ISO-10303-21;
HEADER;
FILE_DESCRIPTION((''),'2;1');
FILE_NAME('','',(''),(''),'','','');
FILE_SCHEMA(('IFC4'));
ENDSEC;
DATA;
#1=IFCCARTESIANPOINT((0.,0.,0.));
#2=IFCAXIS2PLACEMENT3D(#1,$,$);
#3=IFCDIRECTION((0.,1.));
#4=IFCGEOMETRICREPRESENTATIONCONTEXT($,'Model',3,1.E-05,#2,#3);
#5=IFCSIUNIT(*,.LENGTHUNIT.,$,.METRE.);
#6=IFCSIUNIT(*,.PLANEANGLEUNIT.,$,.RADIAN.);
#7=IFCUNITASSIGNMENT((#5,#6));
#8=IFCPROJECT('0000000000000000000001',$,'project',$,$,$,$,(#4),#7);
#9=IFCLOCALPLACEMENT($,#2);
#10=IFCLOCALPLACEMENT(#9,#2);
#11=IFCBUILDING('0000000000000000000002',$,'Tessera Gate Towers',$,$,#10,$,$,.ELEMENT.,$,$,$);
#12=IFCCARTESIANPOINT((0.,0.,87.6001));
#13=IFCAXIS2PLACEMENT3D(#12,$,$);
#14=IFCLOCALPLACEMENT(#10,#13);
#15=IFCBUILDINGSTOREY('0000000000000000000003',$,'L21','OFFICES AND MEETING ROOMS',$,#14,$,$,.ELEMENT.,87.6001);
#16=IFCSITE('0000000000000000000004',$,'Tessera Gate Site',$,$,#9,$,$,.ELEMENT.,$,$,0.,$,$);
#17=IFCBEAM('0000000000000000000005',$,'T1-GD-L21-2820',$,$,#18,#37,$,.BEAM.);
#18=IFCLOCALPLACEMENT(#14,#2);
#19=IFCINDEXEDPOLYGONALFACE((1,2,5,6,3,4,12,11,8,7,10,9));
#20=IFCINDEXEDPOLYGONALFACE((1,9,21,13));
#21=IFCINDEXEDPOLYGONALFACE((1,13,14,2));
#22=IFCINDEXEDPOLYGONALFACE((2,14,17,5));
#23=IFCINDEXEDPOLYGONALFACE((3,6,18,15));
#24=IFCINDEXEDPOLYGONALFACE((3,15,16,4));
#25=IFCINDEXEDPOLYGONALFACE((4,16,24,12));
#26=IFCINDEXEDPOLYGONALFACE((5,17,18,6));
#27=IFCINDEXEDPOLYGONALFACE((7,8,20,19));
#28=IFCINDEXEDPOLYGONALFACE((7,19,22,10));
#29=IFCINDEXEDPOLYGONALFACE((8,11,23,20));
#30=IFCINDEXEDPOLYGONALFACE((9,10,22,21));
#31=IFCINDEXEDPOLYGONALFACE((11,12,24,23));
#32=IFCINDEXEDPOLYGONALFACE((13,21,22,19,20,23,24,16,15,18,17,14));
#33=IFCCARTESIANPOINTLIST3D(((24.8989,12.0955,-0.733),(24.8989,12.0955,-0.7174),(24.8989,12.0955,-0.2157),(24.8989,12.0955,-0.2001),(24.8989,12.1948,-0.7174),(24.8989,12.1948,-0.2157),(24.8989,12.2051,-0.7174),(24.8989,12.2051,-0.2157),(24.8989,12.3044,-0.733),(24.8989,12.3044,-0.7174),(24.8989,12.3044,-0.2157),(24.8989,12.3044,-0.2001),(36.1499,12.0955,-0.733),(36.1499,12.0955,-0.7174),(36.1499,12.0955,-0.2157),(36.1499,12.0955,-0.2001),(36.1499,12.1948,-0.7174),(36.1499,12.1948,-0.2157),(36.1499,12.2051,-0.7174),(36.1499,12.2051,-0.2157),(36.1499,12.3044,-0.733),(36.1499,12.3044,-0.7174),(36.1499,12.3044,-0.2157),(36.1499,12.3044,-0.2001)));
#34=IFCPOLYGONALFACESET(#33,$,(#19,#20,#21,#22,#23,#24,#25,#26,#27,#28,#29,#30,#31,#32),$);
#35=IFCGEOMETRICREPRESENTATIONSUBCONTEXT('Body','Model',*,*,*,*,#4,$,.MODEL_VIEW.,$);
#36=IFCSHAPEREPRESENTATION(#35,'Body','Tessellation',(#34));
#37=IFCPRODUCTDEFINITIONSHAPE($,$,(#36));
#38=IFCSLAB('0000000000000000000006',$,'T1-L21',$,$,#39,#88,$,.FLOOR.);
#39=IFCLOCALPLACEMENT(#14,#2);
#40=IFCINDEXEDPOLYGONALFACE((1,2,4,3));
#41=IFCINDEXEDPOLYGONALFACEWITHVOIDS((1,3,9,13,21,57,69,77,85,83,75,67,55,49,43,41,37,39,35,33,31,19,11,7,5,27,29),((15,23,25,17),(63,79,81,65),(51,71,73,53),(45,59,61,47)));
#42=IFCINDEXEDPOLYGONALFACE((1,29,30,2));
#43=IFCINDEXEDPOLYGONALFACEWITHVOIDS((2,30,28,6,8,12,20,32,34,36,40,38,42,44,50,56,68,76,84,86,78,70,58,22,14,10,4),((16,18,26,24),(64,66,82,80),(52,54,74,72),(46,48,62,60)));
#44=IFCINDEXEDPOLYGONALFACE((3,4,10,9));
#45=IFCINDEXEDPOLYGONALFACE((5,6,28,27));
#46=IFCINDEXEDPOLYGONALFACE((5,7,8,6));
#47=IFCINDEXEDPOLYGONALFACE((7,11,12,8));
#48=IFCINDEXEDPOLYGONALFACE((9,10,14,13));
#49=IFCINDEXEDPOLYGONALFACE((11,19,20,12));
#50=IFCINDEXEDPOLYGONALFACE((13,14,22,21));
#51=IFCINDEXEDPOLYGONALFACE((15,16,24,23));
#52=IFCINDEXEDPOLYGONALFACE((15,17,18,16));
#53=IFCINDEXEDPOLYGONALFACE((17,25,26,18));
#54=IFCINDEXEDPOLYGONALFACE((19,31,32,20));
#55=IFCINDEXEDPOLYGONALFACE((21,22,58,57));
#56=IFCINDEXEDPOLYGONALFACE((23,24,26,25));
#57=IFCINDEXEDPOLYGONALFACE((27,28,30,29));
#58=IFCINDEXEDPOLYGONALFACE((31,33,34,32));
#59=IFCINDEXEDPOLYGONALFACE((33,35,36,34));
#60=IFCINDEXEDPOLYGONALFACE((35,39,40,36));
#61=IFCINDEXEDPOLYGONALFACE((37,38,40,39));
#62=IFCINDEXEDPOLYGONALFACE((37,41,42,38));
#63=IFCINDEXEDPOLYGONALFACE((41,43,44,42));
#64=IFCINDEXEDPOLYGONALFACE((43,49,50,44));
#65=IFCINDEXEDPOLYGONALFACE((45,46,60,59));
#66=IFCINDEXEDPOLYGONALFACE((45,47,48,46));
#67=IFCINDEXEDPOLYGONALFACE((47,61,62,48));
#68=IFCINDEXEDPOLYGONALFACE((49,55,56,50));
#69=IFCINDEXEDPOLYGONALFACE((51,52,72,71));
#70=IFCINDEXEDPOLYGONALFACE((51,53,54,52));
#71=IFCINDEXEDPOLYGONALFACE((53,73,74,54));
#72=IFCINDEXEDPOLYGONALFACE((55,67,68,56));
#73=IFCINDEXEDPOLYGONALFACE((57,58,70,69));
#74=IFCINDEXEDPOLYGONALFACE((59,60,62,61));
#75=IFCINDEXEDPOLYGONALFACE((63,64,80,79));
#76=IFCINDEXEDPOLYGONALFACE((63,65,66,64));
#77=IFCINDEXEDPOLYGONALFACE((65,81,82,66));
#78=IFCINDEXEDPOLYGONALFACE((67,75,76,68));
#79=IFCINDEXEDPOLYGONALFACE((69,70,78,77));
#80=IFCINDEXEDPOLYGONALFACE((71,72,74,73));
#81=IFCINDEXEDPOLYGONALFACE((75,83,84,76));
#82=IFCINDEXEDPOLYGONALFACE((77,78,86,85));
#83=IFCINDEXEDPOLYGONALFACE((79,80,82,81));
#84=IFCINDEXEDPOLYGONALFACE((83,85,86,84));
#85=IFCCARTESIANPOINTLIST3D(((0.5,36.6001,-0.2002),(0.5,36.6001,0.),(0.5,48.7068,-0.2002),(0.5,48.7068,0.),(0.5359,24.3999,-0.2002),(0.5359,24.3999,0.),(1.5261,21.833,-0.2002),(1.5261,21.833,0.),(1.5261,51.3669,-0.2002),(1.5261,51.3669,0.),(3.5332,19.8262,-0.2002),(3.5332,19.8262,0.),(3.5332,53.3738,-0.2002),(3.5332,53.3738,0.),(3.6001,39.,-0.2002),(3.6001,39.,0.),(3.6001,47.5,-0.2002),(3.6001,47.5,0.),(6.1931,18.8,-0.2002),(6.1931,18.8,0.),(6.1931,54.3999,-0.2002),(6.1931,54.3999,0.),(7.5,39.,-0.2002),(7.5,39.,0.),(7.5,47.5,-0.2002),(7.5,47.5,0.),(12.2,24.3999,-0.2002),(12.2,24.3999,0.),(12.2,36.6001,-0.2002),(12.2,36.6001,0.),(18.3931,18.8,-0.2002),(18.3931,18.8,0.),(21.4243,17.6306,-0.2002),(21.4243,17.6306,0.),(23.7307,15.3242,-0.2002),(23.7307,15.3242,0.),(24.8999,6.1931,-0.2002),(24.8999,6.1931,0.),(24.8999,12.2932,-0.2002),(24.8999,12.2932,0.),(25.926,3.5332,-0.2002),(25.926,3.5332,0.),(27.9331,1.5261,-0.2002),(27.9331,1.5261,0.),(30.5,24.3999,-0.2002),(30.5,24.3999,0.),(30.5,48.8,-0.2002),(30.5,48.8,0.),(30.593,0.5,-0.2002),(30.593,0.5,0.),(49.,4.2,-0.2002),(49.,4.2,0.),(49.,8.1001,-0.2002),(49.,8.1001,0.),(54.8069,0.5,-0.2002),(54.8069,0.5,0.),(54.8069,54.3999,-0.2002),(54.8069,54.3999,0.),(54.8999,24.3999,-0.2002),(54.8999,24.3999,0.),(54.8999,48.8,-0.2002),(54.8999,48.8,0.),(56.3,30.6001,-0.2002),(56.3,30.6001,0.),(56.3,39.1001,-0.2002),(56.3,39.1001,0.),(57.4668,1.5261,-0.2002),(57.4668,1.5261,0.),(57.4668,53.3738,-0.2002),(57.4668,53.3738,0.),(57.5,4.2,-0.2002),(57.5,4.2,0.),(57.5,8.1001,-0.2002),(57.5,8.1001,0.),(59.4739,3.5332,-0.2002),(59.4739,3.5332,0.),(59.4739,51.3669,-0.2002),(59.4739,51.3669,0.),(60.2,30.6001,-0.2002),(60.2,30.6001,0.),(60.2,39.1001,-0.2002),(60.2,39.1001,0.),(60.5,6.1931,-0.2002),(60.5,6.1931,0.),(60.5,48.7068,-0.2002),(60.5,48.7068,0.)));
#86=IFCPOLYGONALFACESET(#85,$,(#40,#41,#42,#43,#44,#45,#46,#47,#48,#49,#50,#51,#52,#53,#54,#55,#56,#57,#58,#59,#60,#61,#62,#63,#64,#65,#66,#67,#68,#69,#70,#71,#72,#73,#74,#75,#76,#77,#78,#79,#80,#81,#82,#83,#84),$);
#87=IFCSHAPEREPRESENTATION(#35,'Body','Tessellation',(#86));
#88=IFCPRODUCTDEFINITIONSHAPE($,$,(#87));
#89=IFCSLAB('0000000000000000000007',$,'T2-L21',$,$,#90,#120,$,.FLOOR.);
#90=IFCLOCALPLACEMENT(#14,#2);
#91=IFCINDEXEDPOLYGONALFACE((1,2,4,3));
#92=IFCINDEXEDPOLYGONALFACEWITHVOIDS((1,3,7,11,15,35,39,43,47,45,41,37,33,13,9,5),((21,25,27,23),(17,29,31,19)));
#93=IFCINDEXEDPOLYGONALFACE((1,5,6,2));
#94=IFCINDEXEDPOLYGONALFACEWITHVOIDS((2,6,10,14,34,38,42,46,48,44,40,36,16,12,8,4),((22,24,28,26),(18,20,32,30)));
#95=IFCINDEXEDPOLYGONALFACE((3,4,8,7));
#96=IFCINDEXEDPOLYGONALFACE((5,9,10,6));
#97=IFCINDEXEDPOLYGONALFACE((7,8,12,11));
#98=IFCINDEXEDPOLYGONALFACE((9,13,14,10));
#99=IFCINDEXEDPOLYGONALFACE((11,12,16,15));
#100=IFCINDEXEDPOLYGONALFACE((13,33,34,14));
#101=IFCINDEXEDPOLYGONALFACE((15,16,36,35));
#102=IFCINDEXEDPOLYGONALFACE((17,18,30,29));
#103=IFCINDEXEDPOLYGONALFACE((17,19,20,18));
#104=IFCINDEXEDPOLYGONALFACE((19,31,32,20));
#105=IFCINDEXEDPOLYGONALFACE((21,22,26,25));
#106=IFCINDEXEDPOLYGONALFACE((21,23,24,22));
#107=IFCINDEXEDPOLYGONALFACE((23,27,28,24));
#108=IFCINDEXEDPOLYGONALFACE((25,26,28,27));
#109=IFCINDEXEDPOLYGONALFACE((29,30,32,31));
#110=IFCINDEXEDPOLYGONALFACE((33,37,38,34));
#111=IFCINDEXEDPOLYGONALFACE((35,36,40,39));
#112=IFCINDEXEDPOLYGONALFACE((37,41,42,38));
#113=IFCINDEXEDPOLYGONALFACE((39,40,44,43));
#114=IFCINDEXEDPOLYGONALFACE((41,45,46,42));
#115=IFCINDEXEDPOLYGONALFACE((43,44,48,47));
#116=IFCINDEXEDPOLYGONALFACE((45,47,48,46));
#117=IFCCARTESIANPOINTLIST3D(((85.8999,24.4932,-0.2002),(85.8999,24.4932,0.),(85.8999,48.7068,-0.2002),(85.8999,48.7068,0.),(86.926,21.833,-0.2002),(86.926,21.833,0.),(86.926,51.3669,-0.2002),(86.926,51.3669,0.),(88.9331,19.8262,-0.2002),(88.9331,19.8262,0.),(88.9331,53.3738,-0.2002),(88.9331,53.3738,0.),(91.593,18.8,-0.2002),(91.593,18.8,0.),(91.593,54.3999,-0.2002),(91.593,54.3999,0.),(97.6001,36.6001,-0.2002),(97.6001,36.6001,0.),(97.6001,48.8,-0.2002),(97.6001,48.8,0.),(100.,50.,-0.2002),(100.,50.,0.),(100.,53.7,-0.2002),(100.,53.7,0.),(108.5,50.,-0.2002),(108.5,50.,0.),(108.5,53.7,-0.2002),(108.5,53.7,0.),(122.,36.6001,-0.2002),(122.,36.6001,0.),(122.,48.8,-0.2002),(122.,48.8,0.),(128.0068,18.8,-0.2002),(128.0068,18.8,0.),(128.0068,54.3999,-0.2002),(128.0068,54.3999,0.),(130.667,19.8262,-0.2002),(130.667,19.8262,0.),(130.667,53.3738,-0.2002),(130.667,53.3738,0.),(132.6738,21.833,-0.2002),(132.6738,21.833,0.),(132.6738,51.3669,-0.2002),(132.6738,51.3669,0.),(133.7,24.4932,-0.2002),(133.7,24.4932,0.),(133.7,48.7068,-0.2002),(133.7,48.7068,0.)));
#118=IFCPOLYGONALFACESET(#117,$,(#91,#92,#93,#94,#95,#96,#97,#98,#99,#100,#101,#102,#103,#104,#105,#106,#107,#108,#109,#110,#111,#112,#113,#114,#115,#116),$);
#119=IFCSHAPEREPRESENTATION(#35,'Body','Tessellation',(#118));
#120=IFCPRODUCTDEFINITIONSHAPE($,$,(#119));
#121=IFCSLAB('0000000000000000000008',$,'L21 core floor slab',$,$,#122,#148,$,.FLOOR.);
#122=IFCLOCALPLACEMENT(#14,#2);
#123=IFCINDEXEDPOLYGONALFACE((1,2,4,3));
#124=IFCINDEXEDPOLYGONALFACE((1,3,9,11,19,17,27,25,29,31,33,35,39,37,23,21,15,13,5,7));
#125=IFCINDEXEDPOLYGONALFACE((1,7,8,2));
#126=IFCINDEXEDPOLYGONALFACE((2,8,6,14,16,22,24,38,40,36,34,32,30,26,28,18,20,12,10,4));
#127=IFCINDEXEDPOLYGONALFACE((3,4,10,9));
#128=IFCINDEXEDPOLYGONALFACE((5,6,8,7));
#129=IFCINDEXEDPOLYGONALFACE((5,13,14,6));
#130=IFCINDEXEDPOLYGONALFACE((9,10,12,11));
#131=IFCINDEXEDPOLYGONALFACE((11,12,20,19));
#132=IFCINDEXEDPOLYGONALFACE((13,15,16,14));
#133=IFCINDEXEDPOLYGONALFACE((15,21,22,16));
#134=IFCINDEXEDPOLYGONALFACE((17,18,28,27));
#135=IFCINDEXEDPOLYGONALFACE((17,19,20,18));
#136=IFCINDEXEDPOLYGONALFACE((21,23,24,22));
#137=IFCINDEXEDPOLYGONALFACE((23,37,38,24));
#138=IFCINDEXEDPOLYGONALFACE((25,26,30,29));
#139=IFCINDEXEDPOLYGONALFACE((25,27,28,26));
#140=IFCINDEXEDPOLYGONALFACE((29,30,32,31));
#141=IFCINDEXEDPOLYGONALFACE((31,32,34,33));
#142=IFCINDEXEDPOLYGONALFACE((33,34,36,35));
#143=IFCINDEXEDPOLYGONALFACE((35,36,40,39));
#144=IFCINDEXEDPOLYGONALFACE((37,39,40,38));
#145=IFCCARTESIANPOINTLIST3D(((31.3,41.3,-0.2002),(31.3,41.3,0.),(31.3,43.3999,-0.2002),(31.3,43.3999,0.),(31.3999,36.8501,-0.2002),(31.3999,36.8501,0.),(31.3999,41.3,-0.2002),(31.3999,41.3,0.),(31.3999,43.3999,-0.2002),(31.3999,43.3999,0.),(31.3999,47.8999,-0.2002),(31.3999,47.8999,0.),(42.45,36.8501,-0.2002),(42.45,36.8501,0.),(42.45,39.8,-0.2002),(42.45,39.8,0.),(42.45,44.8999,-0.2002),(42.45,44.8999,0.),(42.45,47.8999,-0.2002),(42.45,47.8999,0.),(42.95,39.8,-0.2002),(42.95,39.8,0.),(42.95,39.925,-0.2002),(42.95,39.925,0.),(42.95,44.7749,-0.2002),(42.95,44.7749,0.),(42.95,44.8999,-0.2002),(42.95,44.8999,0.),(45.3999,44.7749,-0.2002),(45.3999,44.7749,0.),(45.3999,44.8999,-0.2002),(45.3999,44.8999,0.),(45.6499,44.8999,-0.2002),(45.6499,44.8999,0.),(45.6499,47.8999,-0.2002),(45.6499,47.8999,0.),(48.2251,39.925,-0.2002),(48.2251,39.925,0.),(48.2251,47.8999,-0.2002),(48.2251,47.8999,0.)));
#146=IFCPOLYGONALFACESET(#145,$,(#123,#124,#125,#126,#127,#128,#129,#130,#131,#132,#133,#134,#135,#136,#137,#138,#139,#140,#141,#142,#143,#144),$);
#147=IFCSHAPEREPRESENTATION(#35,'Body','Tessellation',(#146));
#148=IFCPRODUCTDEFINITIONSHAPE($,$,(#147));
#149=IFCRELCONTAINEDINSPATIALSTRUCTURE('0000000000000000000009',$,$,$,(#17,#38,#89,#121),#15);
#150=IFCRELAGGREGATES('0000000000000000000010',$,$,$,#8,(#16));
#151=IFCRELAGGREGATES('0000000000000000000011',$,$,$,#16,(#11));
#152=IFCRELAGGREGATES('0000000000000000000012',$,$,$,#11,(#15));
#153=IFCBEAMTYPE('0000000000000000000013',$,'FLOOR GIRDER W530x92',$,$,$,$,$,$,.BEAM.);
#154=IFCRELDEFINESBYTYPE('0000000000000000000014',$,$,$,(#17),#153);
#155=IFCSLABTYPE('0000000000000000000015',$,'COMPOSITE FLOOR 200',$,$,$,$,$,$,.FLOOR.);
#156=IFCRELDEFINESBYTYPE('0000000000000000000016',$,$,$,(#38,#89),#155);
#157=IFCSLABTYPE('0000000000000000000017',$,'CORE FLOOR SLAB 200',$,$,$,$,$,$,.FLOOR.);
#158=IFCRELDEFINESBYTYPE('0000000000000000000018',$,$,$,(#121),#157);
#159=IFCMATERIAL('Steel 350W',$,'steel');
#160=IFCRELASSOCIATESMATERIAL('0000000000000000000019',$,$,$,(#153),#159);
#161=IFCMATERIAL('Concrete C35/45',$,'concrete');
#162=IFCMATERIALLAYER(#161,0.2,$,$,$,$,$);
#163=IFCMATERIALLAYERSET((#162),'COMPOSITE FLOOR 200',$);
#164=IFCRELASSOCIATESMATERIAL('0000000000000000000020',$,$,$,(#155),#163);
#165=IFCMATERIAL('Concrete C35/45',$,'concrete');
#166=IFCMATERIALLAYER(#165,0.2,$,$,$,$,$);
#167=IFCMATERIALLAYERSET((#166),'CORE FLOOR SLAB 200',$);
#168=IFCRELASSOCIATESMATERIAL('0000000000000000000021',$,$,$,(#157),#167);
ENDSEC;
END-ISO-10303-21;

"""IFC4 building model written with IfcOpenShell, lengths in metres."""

from ifc_helpers import new_model, si_unit, direction, frame, origin, origin_2d, place, context, subcontext, project, spatial, polyline, i_section, outline, extrude, material, layer, layer_set, material_profile, profile_set, type_object, element, save


model = new_model("IFC4")

# Units and contexts
model_context = context("Model", 3, precision=1e-05, world=origin(), true_north=direction((0.0, 1.0)))
body_context = subcontext(model_context, "Body", "Model", "MODEL_VIEW")
ifc_project = project(units=[si_unit("LENGTHUNIT", "METRE"), si_unit("PLANEANGLEUNIT", "RADIAN")], contexts=[model_context])

# Site, building, storey
site_placement = place(None, origin())
site = spatial("IfcSite", under=ifc_project, at=site_placement, Name="Tessera Gate Site", CompositionType="ELEMENT", RefElevation=0.0)
building_placement = place(site_placement, origin())
building = spatial("IfcBuilding", under=site, at=building_placement, Name="Tessera Gate Towers", CompositionType="ELEMENT")
storey_placement = place(building_placement, frame((0.0, 0.0, 87.6001)))
storey = spatial("IfcBuildingStorey", under=building, at=storey_placement, Name="L21", Description="OFFICES AND MEETING ROOMS", CompositionType="ELEMENT", Elevation=87.6001)

# Beam
ifc_material_1 = material(Name="Steel 350W", Category="steel")
ifc_material_profile = material_profile(ifc_material_1, i_section(OverallWidth=0.209, OverallDepth=0.533, WebThickness=0.0103, FlangeThickness=0.0156, at=origin_2d()), Name="W530x92")
ifc_profile_set = profile_set([ifc_material_profile], Name="Steel 350W")
beam_type = type_object("IfcBeamType", Name="FLOOR GIRDER W530x92", PredefinedType="BEAM", material=ifc_profile_set)
beam_placement = place(storey_placement, frame((24.8989, 12.2, -0.4666), z_axis=(1.0, 0.0, 0.0), x_axis=(0.0, 1.0, 0.0)))
element("IfcBeam", 1, at=beam_placement, inside=storey, type_object=beam_type, Name="T1-GD-L21-2820", PredefinedType="BEAM", context=body_context, shape_type="SweptSolid", body=[
    extrude(i_section(OverallWidth=0.209, OverallDepth=0.533, WebThickness=0.0103, FlangeThickness=0.0156, at=origin_2d()), origin(), (0.0, 0.0, 1.0), 11.251),
])

# Slabs
ifc_material_2 = material(Name="Concrete C35/45", Category="concrete")
ifc_layer_1 = layer(ifc_material_2, 0.2)
ifc_layer_set_1 = layer_set([ifc_layer_1], Name="COMPOSITE FLOOR 200")
slab_type_1 = type_object("IfcSlabType", Name="COMPOSITE FLOOR 200", PredefinedType="FLOOR", material=ifc_layer_set_1)
slab_1_placement = place(storey_placement, frame((0.0, 0.0, -0.2002)))
element("IfcSlab", 2, at=slab_1_placement, inside=storey, type_object=slab_type_1, Name="T1-L21", PredefinedType="FLOOR", context=body_context, shape_type="SweptSolid", body=[
    extrude(outline(polyline([(0.5, 36.6001), (12.2, 36.6001), (12.2, 24.3999), (0.5359, 24.3999), (1.5261, 21.833), (3.5332, 19.8262), (6.1931, 18.8), (18.3931, 18.8), (21.4243, 17.6306), (23.7307, 15.3242), (24.8999, 12.2932), (24.8999, 6.1931), (25.926, 3.5332), (27.9331, 1.5261), (30.593, 0.5), (54.8069, 0.5), (57.4668, 1.5261), (59.4739, 3.5332), (60.5, 6.1931), (60.5, 48.7068), (59.4739, 51.3669), (57.4668, 53.3738), (54.8069, 54.3999), (6.1931, 54.3999), (3.5332, 53.3738), (1.5261, 51.3669), (0.5, 48.7068), (0.5, 36.6001)]), holes=[polyline([(3.6001, 39.0), (3.6001, 47.5), (7.5, 47.5), (7.5, 39.0), (3.6001, 39.0)]), polyline([(30.5, 24.3999), (30.5, 48.8), (54.8999, 48.8), (54.8999, 24.3999), (30.5, 24.3999)]), polyline([(49.0, 4.2), (49.0, 8.1001), (57.5, 8.1001), (57.5, 4.2), (49.0, 4.2)]), polyline([(56.3, 30.6001), (56.3, 39.1001), (60.2, 39.1001), (60.2, 30.6001), (56.3, 30.6001)])]), origin(), (0.0, 0.0, 1.0), 0.2002),
])
slab_2_placement = place(storey_placement, frame((0.0, 0.0, -0.2002)))
element("IfcSlab", 3, at=slab_2_placement, inside=storey, type_object=slab_type_1, Name="T2-L21", PredefinedType="FLOOR", context=body_context, shape_type="SweptSolid", body=[
    extrude(outline(polyline([(85.8999, 24.4932), (86.926, 21.833), (88.9331, 19.8262), (91.593, 18.8), (128.0068, 18.8), (130.667, 19.8262), (132.6738, 21.833), (133.7, 24.4932), (133.7, 48.7068), (132.6738, 51.3669), (130.667, 53.3738), (128.0068, 54.3999), (91.593, 54.3999), (88.9331, 53.3738), (86.926, 51.3669), (85.8999, 48.7068), (85.8999, 24.4932)]), holes=[polyline([(97.6001, 36.6001), (97.6001, 48.8), (122.0, 48.8), (122.0, 36.6001), (97.6001, 36.6001)]), polyline([(100.0, 50.0), (100.0, 53.7), (108.5, 53.7), (108.5, 50.0), (100.0, 50.0)])]), origin(), (0.0, 0.0, 1.0), 0.2002),
])
ifc_material_3 = material(Name="Concrete C35/45", Category="concrete")
ifc_layer_2 = layer(ifc_material_3, 0.2)
ifc_layer_set_2 = layer_set([ifc_layer_2], Name="CORE FLOOR SLAB 200")
slab_type_2 = type_object("IfcSlabType", Name="CORE FLOOR SLAB 200", PredefinedType="FLOOR", material=ifc_layer_set_2)
slab_3_placement = place(storey_placement, frame((0.0, 0.0, -0.2002)))
element("IfcSlab", 4, at=slab_3_placement, inside=storey, type_object=slab_type_2, Name="L21 core floor slab", PredefinedType="FLOOR", context=body_context, shape_type="SweptSolid", body=[
    extrude(outline(polyline([(31.3999, 47.8999), (31.3999, 43.3999), (31.3, 43.3999), (31.3, 41.3), (31.3999, 41.3), (31.3999, 36.8501), (42.45, 36.8501), (42.45, 39.8), (42.95, 39.8), (42.95, 39.925), (48.2251, 39.925), (48.2251, 47.8999), (45.6499, 47.8999), (45.6499, 44.8999), (45.3999, 44.8999), (45.3999, 44.7749), (42.95, 44.7749), (42.95, 44.8999), (42.45, 44.8999), (42.45, 47.8999), (31.3999, 47.8999)])), origin(), (0.0, 0.0, 1.0), 0.2002),
])

save(model, "model.ifc")
